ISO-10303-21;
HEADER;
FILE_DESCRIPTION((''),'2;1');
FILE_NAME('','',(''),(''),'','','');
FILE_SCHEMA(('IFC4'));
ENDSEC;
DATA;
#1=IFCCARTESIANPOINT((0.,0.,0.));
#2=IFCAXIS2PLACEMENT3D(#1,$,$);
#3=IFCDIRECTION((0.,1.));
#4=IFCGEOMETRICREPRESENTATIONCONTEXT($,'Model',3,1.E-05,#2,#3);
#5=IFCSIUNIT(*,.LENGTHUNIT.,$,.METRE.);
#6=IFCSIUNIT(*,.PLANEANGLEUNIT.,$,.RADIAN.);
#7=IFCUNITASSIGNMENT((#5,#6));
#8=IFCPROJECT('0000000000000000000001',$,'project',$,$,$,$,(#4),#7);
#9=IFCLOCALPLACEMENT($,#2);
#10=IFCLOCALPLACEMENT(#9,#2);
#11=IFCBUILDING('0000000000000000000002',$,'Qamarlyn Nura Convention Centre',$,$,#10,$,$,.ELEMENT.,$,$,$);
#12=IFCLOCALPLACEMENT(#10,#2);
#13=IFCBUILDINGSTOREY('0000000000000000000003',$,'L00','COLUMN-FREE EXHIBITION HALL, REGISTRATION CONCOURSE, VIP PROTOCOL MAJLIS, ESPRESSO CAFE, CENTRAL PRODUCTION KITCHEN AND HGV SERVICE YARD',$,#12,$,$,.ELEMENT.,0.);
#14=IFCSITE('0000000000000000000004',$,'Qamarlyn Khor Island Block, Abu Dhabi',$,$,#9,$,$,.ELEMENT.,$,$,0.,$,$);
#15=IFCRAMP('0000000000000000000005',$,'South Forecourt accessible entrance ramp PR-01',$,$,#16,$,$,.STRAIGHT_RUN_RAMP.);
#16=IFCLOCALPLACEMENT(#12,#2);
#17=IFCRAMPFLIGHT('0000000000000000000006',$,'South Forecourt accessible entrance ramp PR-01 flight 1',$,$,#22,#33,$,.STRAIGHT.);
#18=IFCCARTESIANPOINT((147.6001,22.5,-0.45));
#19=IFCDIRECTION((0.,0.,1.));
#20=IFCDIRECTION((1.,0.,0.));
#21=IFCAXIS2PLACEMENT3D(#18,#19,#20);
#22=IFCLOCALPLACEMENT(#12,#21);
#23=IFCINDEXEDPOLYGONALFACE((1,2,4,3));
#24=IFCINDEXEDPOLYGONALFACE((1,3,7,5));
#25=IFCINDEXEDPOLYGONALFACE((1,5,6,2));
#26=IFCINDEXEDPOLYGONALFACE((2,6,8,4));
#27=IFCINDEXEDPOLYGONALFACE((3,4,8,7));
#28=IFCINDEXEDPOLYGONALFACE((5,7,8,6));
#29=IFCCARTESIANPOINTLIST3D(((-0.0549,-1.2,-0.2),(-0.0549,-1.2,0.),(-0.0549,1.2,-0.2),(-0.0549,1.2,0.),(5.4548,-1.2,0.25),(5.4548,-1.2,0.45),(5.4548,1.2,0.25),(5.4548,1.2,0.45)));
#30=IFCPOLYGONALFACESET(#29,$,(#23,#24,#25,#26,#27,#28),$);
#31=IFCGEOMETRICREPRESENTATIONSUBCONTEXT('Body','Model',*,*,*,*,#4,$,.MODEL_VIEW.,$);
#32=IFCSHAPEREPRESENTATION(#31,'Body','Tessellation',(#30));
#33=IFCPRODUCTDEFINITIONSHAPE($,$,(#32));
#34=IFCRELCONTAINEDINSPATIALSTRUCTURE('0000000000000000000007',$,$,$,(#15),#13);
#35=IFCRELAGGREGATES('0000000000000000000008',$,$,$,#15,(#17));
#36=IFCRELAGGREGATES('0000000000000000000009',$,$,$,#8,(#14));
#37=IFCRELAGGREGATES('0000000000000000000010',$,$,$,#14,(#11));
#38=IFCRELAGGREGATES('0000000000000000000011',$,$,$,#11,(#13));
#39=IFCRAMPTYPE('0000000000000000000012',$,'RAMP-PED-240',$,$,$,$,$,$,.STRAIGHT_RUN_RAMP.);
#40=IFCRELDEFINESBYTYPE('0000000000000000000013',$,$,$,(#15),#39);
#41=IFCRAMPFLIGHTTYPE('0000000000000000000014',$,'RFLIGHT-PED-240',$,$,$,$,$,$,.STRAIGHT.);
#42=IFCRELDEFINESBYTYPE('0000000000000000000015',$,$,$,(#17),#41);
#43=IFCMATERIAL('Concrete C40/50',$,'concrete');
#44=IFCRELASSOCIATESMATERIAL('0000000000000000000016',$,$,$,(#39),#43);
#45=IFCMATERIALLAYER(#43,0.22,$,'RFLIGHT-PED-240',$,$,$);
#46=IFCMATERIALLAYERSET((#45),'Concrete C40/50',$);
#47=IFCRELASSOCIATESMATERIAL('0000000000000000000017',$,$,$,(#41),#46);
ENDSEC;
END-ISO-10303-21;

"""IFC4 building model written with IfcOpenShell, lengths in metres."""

from ifc_helpers import new_model, si_unit, direction, frame, origin, place, context, subcontext, project, spatial, polyline, outline, extrude, material, layer, layer_set, type_object, element, aggregate, save


model = new_model("IFC4")

# Units and contexts
model_context = context("Model", 3, precision=1e-05, world=origin(), true_north=direction((0.0, 1.0)))
body_context = subcontext(model_context, "Body", "Model", "MODEL_VIEW")
ifc_project = project(units=[si_unit("LENGTHUNIT", "METRE"), si_unit("PLANEANGLEUNIT", "RADIAN")], contexts=[model_context])

# Site, building, storey
site_placement = place(None, origin())
site = spatial("IfcSite", under=ifc_project, at=site_placement, Name="Qamarlyn Khor Island Block, Abu Dhabi", CompositionType="ELEMENT", RefElevation=0.0)
building_placement = place(site_placement, origin())
building = spatial("IfcBuilding", under=site, at=building_placement, Name="Qamarlyn Nura Convention Centre", CompositionType="ELEMENT")
storey_placement = place(building_placement, origin())
storey = spatial("IfcBuildingStorey", under=building, at=storey_placement, Name="L00", Description="COLUMN-FREE EXHIBITION HALL, REGISTRATION CONCOURSE, VIP PROTOCOL MAJLIS, ESPRESSO CAFE, CENTRAL PRODUCTION KITCHEN AND HGV SERVICE YARD", CompositionType="ELEMENT", Elevation=0.0)

# Ramp, ramp flight
ifc_material_1 = material(Name="Concrete C40/50", Category="concrete")
ramp_type = type_object("IfcRampType", Name="RAMP-PED-240", PredefinedType="STRAIGHT_RUN_RAMP", material=ifc_material_1)
ramp_placement = place(storey_placement, origin())
ramp = element("IfcRamp", 1, at=ramp_placement, inside=storey, type_object=ramp_type, Name="South Forecourt accessible entrance ramp PR-01", PredefinedType="STRAIGHT_RUN_RAMP")
ifc_layer_1 = layer(ifc_material_1, 0.22, Name="RFLIGHT-PED-240")
ifc_layer_set_1 = layer_set([ifc_layer_1], Name="Concrete C40/50")
ramp_flight_type = type_object("IfcRampFlightType", Name="RFLIGHT-PED-240", PredefinedType="STRAIGHT", material=ifc_layer_set_1)
ramp_flight_placement = place(storey_placement, frame((147.6001, 22.5, -0.45), z_axis=(0.0, 0.0, 1.0), x_axis=(1.0, 0.0, 0.0)))
ramp_flight = element("IfcRampFlight", 2, at=ramp_flight_placement, type_object=ramp_flight_type, Name="South Forecourt accessible entrance ramp PR-01 flight 1", PredefinedType="STRAIGHT", context=body_context, shape_type="SweptSolid", body=[
    extrude(outline(polyline([(-0.0549, 0.0), (5.4548, 0.45), (5.4548, 0.25), (-0.0549, -0.2), (-0.0549, 0.0)])), frame((0.0, 1.2, 0.0), z_axis=(0.0, -1.0, 0.0), x_axis=(1.0, 0.0, 0.0)), (0.0, 0.0, 1.0), 2.3999),
])
aggregate(ramp, [ramp_flight])

save(model, "model.ifc")
